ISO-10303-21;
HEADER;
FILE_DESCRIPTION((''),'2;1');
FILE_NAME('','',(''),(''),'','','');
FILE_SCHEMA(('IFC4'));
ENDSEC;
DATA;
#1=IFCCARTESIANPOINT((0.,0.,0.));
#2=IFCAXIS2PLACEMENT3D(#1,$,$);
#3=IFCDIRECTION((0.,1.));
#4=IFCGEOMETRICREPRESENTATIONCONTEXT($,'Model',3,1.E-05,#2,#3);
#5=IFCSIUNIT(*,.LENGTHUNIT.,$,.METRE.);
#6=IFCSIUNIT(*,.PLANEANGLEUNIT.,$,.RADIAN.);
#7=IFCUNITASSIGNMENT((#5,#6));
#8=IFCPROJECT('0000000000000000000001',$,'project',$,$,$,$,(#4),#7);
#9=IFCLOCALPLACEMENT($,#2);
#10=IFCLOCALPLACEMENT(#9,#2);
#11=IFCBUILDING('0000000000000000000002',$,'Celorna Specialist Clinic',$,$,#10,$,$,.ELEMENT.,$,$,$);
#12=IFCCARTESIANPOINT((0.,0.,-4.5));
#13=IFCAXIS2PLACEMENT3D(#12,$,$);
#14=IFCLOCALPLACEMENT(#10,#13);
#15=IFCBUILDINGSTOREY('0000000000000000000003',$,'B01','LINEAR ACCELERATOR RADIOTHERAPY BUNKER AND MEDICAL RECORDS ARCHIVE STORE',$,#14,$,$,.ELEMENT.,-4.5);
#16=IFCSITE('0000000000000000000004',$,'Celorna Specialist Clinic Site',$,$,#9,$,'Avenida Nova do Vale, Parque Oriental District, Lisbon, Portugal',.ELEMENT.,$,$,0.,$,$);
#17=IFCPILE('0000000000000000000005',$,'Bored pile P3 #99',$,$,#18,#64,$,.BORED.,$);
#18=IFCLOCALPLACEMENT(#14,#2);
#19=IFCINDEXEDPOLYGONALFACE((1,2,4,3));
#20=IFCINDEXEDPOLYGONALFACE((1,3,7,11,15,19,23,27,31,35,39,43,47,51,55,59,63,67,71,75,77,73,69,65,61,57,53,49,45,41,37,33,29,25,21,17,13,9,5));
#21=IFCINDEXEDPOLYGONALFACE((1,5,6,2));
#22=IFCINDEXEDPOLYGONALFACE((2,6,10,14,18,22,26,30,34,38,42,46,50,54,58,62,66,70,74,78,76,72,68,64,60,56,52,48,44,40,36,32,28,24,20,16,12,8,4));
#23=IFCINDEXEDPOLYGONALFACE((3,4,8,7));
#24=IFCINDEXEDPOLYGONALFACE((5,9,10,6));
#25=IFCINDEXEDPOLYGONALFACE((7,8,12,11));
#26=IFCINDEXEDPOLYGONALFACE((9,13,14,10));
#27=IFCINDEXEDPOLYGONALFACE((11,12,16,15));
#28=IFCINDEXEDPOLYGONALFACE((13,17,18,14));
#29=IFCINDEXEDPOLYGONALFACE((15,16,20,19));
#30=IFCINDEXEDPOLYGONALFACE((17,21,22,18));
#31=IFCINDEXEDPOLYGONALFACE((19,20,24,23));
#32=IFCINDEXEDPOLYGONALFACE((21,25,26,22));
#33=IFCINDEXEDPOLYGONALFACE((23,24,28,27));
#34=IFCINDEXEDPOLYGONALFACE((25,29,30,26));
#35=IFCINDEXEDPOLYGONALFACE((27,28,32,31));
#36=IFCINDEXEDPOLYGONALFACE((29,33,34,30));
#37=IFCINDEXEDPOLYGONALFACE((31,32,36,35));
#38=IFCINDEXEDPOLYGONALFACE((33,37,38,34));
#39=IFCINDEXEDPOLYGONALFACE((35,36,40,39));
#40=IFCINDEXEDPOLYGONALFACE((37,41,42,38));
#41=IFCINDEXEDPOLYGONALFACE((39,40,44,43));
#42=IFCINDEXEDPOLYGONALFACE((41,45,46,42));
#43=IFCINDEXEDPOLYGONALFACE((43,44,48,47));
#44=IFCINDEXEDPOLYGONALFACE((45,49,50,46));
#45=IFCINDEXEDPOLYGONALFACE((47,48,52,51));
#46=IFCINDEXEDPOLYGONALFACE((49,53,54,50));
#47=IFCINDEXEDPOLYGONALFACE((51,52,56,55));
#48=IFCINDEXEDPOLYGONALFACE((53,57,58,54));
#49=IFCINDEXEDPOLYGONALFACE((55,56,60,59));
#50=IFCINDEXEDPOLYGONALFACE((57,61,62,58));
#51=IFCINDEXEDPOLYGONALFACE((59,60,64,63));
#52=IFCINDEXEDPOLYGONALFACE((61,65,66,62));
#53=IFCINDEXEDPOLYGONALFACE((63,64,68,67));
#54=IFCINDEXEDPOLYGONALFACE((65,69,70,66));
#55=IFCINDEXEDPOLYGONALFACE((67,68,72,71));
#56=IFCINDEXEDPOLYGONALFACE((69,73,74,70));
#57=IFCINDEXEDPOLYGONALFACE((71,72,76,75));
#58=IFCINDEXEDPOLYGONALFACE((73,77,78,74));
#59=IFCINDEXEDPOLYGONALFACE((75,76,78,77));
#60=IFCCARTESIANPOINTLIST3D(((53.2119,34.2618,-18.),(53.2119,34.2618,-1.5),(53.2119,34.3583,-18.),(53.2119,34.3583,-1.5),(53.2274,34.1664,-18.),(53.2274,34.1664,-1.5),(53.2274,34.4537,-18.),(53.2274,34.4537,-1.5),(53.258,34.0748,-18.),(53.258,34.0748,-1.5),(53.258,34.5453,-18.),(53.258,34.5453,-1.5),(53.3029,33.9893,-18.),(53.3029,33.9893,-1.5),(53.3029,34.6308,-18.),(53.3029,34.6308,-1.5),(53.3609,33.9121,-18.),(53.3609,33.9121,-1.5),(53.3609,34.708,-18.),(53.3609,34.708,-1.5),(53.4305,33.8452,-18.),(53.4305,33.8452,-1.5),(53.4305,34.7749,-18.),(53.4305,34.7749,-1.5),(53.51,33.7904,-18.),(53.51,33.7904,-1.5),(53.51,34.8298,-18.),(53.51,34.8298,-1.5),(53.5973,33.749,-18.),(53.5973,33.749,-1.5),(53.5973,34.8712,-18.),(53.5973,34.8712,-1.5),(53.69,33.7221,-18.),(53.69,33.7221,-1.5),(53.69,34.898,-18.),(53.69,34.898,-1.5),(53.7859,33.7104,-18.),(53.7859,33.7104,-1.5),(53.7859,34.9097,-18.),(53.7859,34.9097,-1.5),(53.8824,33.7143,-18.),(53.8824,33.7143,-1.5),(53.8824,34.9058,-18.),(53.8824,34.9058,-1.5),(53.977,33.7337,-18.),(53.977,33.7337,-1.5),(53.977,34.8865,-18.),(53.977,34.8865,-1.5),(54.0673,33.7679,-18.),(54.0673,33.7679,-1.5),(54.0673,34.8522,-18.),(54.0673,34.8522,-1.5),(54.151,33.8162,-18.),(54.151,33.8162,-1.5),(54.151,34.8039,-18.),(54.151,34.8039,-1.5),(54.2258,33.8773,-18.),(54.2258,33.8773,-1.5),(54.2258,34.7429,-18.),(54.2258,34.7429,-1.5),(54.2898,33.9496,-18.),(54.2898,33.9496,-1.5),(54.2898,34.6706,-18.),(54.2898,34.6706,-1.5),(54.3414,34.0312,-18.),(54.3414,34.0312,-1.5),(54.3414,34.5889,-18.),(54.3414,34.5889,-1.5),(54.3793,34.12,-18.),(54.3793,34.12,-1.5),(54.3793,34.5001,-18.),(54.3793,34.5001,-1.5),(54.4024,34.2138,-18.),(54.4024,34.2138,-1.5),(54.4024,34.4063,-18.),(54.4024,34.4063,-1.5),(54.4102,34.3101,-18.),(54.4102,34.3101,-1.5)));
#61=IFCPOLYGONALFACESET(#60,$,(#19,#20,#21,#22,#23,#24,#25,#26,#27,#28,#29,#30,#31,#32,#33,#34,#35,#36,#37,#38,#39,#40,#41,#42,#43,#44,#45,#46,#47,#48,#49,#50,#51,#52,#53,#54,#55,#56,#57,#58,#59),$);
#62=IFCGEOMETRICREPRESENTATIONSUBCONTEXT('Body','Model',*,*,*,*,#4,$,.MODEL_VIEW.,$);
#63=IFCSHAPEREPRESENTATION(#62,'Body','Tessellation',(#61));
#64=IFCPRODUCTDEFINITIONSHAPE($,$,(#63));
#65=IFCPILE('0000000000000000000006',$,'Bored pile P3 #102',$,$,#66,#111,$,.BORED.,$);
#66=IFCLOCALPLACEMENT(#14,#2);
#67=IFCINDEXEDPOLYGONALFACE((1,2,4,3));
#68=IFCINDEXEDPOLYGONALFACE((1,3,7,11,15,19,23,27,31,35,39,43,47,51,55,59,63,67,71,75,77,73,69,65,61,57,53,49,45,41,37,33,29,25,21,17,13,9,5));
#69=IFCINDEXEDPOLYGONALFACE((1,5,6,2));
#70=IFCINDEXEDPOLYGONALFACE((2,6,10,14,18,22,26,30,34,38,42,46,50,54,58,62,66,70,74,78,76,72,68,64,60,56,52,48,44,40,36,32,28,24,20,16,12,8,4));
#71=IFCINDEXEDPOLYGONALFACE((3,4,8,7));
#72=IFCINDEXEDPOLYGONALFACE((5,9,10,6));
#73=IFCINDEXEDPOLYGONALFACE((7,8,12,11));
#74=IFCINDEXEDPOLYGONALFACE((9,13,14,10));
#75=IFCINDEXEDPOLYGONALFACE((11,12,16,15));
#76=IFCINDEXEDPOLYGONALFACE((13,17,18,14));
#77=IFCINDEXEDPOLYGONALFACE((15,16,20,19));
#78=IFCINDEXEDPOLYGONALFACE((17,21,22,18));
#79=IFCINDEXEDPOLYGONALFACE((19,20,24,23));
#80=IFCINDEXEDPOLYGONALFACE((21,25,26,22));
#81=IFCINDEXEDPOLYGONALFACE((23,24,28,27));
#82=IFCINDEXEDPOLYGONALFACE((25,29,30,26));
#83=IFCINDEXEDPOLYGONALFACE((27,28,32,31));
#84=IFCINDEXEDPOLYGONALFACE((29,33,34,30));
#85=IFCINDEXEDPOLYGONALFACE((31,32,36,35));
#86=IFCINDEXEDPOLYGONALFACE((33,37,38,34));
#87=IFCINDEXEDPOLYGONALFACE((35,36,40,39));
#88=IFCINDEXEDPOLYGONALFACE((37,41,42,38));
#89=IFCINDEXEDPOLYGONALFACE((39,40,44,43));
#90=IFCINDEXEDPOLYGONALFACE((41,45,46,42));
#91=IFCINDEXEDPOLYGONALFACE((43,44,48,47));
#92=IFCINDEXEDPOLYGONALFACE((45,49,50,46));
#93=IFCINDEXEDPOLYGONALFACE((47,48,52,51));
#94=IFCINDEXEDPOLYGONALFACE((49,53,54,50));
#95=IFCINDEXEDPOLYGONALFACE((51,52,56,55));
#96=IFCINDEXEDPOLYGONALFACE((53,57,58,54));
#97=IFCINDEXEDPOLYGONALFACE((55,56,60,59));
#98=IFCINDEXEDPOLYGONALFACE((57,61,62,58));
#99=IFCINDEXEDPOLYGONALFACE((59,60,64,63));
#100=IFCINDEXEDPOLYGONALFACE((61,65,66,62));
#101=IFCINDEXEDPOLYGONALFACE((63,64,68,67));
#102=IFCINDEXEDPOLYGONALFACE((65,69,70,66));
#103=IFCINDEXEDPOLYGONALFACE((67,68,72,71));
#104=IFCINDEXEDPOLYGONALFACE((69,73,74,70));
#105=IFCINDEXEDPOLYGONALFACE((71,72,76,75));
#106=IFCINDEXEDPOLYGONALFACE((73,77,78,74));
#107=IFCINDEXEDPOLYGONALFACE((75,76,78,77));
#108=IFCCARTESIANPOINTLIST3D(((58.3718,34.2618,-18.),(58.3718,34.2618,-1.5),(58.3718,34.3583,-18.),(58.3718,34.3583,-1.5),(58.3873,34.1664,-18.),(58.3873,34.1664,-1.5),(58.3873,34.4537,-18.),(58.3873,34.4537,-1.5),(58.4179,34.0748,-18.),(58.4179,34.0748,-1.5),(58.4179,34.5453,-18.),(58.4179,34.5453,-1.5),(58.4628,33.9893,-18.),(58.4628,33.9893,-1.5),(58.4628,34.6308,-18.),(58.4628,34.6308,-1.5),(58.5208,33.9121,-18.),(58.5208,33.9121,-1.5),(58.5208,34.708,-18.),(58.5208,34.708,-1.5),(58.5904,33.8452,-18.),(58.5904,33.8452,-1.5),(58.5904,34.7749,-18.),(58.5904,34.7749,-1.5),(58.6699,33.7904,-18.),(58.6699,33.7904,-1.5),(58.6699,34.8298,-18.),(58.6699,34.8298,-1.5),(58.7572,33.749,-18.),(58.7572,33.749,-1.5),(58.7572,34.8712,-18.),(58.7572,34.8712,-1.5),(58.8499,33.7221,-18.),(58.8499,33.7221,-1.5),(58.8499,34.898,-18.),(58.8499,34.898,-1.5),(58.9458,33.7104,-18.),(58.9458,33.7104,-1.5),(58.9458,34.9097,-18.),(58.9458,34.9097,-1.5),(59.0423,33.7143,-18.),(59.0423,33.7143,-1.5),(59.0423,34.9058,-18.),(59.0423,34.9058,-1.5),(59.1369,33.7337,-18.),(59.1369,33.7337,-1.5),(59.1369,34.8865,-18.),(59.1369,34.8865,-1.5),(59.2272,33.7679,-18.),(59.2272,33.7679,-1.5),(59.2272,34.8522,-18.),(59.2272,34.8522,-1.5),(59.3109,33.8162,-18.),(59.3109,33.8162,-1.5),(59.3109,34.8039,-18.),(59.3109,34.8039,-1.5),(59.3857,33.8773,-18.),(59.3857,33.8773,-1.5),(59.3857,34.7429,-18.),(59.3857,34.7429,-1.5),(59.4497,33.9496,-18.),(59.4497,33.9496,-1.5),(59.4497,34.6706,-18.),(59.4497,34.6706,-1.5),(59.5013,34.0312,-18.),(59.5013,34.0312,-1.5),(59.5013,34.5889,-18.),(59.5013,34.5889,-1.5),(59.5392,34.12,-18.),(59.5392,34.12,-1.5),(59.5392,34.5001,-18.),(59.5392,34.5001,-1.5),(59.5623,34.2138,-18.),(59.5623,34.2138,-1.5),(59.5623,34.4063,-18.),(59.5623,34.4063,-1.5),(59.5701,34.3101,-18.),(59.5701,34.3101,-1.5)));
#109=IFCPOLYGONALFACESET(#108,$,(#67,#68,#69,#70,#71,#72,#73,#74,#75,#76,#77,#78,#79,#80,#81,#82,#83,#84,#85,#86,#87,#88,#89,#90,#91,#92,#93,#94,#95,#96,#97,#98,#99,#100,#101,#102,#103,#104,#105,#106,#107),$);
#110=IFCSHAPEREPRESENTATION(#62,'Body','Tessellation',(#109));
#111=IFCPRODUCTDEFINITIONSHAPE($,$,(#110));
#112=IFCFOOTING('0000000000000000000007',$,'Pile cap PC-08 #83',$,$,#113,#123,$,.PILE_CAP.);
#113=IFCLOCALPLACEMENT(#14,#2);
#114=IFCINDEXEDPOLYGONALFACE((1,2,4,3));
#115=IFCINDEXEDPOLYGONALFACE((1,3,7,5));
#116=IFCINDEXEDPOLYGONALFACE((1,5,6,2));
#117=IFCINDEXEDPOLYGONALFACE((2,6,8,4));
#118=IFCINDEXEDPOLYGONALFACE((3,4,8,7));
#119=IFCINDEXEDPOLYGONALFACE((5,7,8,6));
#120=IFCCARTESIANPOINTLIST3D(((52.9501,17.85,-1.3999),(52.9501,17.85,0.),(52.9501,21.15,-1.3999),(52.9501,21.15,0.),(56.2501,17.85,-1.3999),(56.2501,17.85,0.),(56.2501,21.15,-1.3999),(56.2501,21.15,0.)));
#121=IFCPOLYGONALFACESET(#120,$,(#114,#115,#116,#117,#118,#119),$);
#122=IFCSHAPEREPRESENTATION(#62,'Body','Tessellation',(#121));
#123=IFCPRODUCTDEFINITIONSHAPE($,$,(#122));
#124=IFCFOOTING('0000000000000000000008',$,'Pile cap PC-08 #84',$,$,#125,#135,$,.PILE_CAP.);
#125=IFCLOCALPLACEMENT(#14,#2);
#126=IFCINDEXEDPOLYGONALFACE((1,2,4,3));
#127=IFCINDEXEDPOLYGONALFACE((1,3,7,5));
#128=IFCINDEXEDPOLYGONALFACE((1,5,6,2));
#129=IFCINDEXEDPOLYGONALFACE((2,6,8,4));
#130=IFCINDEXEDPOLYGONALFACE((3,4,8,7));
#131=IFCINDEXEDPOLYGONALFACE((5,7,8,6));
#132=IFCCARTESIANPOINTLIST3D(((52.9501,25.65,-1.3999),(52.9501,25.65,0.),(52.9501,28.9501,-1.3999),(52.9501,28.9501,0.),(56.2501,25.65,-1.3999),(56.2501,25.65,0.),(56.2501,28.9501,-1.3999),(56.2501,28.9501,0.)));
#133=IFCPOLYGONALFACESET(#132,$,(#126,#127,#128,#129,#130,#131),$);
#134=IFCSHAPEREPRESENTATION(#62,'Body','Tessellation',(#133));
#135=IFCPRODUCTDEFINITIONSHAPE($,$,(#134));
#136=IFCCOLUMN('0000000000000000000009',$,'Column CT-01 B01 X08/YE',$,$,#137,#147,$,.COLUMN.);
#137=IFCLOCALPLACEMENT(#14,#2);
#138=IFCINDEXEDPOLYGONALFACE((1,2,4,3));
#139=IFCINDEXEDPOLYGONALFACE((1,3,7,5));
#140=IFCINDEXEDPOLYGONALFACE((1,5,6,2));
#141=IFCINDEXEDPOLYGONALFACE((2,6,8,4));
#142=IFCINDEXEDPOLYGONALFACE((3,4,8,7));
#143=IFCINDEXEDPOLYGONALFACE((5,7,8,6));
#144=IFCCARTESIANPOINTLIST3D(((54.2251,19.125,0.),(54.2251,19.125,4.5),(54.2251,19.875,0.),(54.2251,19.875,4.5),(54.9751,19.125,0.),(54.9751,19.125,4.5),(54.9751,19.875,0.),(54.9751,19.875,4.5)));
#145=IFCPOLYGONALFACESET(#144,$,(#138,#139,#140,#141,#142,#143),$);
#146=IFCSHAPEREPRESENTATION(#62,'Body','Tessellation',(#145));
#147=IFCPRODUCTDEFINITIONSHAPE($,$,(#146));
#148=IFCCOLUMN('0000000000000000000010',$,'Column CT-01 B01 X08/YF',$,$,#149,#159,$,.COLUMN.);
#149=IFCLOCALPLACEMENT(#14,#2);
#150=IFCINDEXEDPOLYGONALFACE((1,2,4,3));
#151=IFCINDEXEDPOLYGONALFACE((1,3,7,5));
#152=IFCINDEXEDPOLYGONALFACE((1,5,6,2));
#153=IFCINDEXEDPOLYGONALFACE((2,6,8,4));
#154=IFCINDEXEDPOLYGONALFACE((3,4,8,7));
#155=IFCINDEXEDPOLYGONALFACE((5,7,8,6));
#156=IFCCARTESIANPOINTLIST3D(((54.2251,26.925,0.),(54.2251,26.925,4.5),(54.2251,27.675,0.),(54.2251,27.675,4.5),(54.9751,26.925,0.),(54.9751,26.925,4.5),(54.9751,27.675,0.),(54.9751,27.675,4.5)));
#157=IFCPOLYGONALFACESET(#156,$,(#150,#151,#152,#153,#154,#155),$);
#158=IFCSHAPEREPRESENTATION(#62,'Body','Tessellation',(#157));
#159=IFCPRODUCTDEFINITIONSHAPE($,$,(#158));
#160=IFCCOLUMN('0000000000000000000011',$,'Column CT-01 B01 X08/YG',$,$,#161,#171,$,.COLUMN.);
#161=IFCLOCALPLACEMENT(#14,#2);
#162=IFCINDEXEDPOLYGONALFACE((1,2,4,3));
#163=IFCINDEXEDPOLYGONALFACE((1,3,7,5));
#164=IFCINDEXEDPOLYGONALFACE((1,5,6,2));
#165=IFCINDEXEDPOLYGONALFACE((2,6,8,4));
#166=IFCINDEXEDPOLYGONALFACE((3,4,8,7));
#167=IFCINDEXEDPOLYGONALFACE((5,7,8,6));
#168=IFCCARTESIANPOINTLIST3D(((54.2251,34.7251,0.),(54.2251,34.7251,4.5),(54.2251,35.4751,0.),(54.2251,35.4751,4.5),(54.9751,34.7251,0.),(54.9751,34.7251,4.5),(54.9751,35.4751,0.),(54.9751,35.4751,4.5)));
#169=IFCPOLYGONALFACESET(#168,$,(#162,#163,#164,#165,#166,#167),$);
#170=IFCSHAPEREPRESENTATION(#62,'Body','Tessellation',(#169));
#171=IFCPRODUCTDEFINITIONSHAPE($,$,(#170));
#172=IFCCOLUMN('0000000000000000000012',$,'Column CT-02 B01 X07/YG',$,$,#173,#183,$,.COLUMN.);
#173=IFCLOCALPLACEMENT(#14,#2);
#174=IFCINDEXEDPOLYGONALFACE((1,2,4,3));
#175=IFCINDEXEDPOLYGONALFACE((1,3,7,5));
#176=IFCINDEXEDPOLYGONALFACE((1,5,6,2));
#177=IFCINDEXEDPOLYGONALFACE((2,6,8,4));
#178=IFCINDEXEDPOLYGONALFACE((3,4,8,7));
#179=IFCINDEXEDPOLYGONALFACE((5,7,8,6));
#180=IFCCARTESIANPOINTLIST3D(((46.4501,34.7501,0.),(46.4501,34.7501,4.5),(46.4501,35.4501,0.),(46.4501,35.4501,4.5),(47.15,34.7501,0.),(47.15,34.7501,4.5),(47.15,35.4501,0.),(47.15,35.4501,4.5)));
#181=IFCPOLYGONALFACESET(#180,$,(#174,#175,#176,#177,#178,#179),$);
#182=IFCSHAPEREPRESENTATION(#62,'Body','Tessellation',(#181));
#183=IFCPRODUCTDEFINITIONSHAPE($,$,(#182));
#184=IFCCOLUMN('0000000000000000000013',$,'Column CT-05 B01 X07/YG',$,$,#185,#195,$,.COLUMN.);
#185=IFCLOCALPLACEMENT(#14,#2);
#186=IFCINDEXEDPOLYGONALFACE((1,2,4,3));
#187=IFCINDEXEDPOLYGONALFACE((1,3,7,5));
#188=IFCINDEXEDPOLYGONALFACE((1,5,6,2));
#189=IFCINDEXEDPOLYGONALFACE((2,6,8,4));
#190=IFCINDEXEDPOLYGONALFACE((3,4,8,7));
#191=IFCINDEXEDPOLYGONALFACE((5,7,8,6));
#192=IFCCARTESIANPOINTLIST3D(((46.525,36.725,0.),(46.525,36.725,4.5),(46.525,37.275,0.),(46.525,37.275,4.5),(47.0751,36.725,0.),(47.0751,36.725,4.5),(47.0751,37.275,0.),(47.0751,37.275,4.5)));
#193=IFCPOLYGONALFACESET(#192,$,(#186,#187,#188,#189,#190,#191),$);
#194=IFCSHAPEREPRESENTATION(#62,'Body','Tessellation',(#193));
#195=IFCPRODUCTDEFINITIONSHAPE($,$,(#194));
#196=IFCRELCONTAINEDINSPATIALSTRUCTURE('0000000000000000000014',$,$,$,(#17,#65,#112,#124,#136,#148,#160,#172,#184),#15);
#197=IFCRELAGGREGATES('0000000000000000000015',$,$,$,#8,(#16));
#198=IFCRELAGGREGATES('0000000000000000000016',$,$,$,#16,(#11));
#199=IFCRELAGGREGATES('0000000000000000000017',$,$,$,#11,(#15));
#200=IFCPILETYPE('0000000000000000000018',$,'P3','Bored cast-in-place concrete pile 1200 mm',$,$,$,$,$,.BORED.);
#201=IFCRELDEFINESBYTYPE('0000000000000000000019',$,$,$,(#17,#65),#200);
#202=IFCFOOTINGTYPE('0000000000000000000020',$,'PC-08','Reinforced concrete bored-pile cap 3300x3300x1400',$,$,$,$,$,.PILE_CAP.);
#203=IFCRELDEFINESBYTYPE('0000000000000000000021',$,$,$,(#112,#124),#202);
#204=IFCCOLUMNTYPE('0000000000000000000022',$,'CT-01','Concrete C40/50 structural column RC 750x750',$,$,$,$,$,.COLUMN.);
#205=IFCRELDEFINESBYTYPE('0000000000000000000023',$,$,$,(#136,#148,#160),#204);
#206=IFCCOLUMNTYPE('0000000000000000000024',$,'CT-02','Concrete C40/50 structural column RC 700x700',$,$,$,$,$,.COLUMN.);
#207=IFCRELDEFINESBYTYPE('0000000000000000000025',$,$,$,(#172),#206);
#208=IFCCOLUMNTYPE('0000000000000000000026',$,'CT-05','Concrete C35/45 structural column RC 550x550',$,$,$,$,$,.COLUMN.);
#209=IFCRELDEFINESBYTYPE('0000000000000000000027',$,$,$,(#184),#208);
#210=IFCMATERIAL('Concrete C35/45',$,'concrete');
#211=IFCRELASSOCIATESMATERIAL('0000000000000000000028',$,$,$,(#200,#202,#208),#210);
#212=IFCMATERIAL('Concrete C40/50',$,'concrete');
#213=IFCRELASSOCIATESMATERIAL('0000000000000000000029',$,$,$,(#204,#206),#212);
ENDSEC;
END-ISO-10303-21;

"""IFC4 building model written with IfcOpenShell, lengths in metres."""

from ifc_helpers import new_model, si_unit, direction, frame, origin, origin_2d, place, context, subcontext, project, spatial, rectangle, circle, extrude, material, material_profile, profile_set, type_object, element, save


model = new_model("IFC4")

# Units and contexts
model_context = context("Model", 3, precision=1e-05, world=origin(), true_north=direction((0.0, 1.0)))
body_context = subcontext(model_context, "Body", "Model", "MODEL_VIEW")
ifc_project = project(units=[si_unit("LENGTHUNIT", "METRE"), si_unit("PLANEANGLEUNIT", "RADIAN")], contexts=[model_context])

# Site, building, storey
site_placement = place(None, origin())
site = spatial("IfcSite", under=ifc_project, at=site_placement, Name="Celorna Specialist Clinic Site", LongName="Avenida Nova do Vale, Parque Oriental District, Lisbon, Portugal", CompositionType="ELEMENT", RefElevation=0.0)
building_placement = place(site_placement, origin())
building = spatial("IfcBuilding", under=site, at=building_placement, Name="Celorna Specialist Clinic", CompositionType="ELEMENT")
storey_placement = place(building_placement, frame((0.0, 0.0, -4.5)))
storey = spatial("IfcBuildingStorey", under=building, at=storey_placement, Name="B01", Description="LINEAR ACCELERATOR RADIOTHERAPY BUNKER AND MEDICAL RECORDS ARCHIVE STORE", CompositionType="ELEMENT", Elevation=-4.5)

# Shared definitions
ifc_material_1 = material(Name="Concrete C35/45", Category="concrete")

# Piles
ifc_material_profile_1 = material_profile(ifc_material_1, circle(Radius=0.6001, at=origin_2d()), Name="BORED PILE 1200")
ifc_profile_set_1 = profile_set([ifc_material_profile_1], Name="Concrete C35/45")
pile_type_1 = type_object("IfcPileType", Name="P3", Description="Bored cast-in-place concrete pile 1200 mm", PredefinedType="BORED", material=ifc_profile_set_1)
for number, where, z_axis, x_axis, name in (
    (1, (53.8101, 34.3101, -1.5), (0.0, 0.0, -1.0), (1.0, 0.0, 0.0), "Bored pile P3 #99"),
    (2, (58.97, 34.3101, -1.5), (0.0, 0.0, -1.0), (1.0, 0.0, 0.0), "Bored pile P3 #102"),
):
    element("IfcPile", number, at=place(storey_placement, frame(where, z_axis=z_axis, x_axis=x_axis)), inside=storey, type_object=pile_type_1, Name=name, PredefinedType="BORED", context=body_context, shape_type="SweptSolid", body=[
        extrude(circle(Radius=0.6001, at=origin_2d()), origin(), (0.0, 0.0, 1.0), 16.5),
    ])

# Footings
footing_type_1 = type_object("IfcFootingType", Name="PC-08", Description="Reinforced concrete bored-pile cap 3300x3300x1400", PredefinedType="PILE_CAP", material=ifc_material_1)
for number, where, z_axis, x_axis, name in (
    (3, (54.6001, 19.5, -1.3999), (0.0, 0.0, 1.0), (1.0, 0.0, 0.0), "Pile cap PC-08 #83"),
    (4, (54.6001, 27.3, -1.3999), (0.0, 0.0, 1.0), (1.0, 0.0, 0.0), "Pile cap PC-08 #84"),
):
    element("IfcFooting", number, at=place(storey_placement, frame(where, z_axis=z_axis, x_axis=x_axis)), inside=storey, type_object=footing_type_1, Name=name, PredefinedType="PILE_CAP", context=body_context, shape_type="SweptSolid", body=[
        extrude(rectangle(XDim=3.3, YDim=3.3, at=origin_2d()), origin(), (0.0, 0.0, 1.0), 1.3999),
    ])

# Columns
ifc_material_2 = material(Name="Concrete C40/50", Category="concrete")
ifc_material_profile_2 = material_profile(ifc_material_2, rectangle(XDim=0.75, YDim=0.75, at=origin_2d()), Name="RC 750x750")
ifc_profile_set_2 = profile_set([ifc_material_profile_2], Name="Concrete C40/50")
column_type_1 = type_object("IfcColumnType", Name="CT-01", Description="Concrete C40/50 structural column RC 750x750", PredefinedType="COLUMN", material=ifc_profile_set_2)
for number, where, z_axis, x_axis, name in (
    (5, (54.6001, 19.5, 0.0), (0.0, 0.0, 1.0), (1.0, 0.0, 0.0), "Column CT-01 B01 X08/YE"),
    (6, (54.6001, 27.3, 0.0), (0.0, 0.0, 1.0), (1.0, 0.0, 0.0), "Column CT-01 B01 X08/YF"),
    (7, (54.6001, 35.1001, 0.0), (0.0, 0.0, 1.0), (1.0, 0.0, 0.0), "Column CT-01 B01 X08/YG"),
):
    element("IfcColumn", number, at=place(storey_placement, frame(where, z_axis=z_axis, x_axis=x_axis)), inside=storey, type_object=column_type_1, Name=name, PredefinedType="COLUMN", context=body_context, shape_type="SweptSolid", body=[
        extrude(rectangle(XDim=0.75, YDim=0.75, at=origin_2d()), origin(), (0.0, 0.0, 1.0), 4.5),
    ])
ifc_material_profile_3 = material_profile(ifc_material_2, rectangle(XDim=0.7, YDim=0.7, at=origin_2d()), Name="RC 700x700")
ifc_profile_set_3 = profile_set([ifc_material_profile_3], Name="Concrete C40/50")
column_type_2 = type_object("IfcColumnType", Name="CT-02", Description="Concrete C40/50 structural column RC 700x700", PredefinedType="COLUMN", material=ifc_profile_set_3)
column_1_placement = place(storey_placement, frame((46.8, 35.1001, 0.0), z_axis=(0.0, 0.0, 1.0), x_axis=(1.0, 0.0, 0.0)))
element("IfcColumn", 8, at=column_1_placement, inside=storey, type_object=column_type_2, Name="Column CT-02 B01 X07/YG", PredefinedType="COLUMN", context=body_context, shape_type="SweptSolid", body=[
    extrude(rectangle(XDim=0.7, YDim=0.7, at=origin_2d()), origin(), (0.0, 0.0, 1.0), 4.5),
])
ifc_material_profile_4 = material_profile(ifc_material_1, rectangle(XDim=0.55, YDim=0.55, at=origin_2d()), Name="RC 550x550")
ifc_profile_set_4 = profile_set([ifc_material_profile_4], Name="Concrete C35/45")
column_type_3 = type_object("IfcColumnType", Name="CT-05", Description="Concrete C35/45 structural column RC 550x550", PredefinedType="COLUMN", material=ifc_profile_set_4)
column_2_placement = place(storey_placement, frame((46.8, 37.0, 0.0), z_axis=(0.0, 0.0, 1.0), x_axis=(1.0, 0.0, 0.0)))
element("IfcColumn", 9, at=column_2_placement, inside=storey, type_object=column_type_3, Name="Column CT-05 B01 X07/YG", PredefinedType="COLUMN", context=body_context, shape_type="SweptSolid", body=[
    extrude(rectangle(XDim=0.55, YDim=0.55, at=origin_2d()), origin(), (0.0, 0.0, 1.0), 4.5),
])

save(model, "model.ifc")
